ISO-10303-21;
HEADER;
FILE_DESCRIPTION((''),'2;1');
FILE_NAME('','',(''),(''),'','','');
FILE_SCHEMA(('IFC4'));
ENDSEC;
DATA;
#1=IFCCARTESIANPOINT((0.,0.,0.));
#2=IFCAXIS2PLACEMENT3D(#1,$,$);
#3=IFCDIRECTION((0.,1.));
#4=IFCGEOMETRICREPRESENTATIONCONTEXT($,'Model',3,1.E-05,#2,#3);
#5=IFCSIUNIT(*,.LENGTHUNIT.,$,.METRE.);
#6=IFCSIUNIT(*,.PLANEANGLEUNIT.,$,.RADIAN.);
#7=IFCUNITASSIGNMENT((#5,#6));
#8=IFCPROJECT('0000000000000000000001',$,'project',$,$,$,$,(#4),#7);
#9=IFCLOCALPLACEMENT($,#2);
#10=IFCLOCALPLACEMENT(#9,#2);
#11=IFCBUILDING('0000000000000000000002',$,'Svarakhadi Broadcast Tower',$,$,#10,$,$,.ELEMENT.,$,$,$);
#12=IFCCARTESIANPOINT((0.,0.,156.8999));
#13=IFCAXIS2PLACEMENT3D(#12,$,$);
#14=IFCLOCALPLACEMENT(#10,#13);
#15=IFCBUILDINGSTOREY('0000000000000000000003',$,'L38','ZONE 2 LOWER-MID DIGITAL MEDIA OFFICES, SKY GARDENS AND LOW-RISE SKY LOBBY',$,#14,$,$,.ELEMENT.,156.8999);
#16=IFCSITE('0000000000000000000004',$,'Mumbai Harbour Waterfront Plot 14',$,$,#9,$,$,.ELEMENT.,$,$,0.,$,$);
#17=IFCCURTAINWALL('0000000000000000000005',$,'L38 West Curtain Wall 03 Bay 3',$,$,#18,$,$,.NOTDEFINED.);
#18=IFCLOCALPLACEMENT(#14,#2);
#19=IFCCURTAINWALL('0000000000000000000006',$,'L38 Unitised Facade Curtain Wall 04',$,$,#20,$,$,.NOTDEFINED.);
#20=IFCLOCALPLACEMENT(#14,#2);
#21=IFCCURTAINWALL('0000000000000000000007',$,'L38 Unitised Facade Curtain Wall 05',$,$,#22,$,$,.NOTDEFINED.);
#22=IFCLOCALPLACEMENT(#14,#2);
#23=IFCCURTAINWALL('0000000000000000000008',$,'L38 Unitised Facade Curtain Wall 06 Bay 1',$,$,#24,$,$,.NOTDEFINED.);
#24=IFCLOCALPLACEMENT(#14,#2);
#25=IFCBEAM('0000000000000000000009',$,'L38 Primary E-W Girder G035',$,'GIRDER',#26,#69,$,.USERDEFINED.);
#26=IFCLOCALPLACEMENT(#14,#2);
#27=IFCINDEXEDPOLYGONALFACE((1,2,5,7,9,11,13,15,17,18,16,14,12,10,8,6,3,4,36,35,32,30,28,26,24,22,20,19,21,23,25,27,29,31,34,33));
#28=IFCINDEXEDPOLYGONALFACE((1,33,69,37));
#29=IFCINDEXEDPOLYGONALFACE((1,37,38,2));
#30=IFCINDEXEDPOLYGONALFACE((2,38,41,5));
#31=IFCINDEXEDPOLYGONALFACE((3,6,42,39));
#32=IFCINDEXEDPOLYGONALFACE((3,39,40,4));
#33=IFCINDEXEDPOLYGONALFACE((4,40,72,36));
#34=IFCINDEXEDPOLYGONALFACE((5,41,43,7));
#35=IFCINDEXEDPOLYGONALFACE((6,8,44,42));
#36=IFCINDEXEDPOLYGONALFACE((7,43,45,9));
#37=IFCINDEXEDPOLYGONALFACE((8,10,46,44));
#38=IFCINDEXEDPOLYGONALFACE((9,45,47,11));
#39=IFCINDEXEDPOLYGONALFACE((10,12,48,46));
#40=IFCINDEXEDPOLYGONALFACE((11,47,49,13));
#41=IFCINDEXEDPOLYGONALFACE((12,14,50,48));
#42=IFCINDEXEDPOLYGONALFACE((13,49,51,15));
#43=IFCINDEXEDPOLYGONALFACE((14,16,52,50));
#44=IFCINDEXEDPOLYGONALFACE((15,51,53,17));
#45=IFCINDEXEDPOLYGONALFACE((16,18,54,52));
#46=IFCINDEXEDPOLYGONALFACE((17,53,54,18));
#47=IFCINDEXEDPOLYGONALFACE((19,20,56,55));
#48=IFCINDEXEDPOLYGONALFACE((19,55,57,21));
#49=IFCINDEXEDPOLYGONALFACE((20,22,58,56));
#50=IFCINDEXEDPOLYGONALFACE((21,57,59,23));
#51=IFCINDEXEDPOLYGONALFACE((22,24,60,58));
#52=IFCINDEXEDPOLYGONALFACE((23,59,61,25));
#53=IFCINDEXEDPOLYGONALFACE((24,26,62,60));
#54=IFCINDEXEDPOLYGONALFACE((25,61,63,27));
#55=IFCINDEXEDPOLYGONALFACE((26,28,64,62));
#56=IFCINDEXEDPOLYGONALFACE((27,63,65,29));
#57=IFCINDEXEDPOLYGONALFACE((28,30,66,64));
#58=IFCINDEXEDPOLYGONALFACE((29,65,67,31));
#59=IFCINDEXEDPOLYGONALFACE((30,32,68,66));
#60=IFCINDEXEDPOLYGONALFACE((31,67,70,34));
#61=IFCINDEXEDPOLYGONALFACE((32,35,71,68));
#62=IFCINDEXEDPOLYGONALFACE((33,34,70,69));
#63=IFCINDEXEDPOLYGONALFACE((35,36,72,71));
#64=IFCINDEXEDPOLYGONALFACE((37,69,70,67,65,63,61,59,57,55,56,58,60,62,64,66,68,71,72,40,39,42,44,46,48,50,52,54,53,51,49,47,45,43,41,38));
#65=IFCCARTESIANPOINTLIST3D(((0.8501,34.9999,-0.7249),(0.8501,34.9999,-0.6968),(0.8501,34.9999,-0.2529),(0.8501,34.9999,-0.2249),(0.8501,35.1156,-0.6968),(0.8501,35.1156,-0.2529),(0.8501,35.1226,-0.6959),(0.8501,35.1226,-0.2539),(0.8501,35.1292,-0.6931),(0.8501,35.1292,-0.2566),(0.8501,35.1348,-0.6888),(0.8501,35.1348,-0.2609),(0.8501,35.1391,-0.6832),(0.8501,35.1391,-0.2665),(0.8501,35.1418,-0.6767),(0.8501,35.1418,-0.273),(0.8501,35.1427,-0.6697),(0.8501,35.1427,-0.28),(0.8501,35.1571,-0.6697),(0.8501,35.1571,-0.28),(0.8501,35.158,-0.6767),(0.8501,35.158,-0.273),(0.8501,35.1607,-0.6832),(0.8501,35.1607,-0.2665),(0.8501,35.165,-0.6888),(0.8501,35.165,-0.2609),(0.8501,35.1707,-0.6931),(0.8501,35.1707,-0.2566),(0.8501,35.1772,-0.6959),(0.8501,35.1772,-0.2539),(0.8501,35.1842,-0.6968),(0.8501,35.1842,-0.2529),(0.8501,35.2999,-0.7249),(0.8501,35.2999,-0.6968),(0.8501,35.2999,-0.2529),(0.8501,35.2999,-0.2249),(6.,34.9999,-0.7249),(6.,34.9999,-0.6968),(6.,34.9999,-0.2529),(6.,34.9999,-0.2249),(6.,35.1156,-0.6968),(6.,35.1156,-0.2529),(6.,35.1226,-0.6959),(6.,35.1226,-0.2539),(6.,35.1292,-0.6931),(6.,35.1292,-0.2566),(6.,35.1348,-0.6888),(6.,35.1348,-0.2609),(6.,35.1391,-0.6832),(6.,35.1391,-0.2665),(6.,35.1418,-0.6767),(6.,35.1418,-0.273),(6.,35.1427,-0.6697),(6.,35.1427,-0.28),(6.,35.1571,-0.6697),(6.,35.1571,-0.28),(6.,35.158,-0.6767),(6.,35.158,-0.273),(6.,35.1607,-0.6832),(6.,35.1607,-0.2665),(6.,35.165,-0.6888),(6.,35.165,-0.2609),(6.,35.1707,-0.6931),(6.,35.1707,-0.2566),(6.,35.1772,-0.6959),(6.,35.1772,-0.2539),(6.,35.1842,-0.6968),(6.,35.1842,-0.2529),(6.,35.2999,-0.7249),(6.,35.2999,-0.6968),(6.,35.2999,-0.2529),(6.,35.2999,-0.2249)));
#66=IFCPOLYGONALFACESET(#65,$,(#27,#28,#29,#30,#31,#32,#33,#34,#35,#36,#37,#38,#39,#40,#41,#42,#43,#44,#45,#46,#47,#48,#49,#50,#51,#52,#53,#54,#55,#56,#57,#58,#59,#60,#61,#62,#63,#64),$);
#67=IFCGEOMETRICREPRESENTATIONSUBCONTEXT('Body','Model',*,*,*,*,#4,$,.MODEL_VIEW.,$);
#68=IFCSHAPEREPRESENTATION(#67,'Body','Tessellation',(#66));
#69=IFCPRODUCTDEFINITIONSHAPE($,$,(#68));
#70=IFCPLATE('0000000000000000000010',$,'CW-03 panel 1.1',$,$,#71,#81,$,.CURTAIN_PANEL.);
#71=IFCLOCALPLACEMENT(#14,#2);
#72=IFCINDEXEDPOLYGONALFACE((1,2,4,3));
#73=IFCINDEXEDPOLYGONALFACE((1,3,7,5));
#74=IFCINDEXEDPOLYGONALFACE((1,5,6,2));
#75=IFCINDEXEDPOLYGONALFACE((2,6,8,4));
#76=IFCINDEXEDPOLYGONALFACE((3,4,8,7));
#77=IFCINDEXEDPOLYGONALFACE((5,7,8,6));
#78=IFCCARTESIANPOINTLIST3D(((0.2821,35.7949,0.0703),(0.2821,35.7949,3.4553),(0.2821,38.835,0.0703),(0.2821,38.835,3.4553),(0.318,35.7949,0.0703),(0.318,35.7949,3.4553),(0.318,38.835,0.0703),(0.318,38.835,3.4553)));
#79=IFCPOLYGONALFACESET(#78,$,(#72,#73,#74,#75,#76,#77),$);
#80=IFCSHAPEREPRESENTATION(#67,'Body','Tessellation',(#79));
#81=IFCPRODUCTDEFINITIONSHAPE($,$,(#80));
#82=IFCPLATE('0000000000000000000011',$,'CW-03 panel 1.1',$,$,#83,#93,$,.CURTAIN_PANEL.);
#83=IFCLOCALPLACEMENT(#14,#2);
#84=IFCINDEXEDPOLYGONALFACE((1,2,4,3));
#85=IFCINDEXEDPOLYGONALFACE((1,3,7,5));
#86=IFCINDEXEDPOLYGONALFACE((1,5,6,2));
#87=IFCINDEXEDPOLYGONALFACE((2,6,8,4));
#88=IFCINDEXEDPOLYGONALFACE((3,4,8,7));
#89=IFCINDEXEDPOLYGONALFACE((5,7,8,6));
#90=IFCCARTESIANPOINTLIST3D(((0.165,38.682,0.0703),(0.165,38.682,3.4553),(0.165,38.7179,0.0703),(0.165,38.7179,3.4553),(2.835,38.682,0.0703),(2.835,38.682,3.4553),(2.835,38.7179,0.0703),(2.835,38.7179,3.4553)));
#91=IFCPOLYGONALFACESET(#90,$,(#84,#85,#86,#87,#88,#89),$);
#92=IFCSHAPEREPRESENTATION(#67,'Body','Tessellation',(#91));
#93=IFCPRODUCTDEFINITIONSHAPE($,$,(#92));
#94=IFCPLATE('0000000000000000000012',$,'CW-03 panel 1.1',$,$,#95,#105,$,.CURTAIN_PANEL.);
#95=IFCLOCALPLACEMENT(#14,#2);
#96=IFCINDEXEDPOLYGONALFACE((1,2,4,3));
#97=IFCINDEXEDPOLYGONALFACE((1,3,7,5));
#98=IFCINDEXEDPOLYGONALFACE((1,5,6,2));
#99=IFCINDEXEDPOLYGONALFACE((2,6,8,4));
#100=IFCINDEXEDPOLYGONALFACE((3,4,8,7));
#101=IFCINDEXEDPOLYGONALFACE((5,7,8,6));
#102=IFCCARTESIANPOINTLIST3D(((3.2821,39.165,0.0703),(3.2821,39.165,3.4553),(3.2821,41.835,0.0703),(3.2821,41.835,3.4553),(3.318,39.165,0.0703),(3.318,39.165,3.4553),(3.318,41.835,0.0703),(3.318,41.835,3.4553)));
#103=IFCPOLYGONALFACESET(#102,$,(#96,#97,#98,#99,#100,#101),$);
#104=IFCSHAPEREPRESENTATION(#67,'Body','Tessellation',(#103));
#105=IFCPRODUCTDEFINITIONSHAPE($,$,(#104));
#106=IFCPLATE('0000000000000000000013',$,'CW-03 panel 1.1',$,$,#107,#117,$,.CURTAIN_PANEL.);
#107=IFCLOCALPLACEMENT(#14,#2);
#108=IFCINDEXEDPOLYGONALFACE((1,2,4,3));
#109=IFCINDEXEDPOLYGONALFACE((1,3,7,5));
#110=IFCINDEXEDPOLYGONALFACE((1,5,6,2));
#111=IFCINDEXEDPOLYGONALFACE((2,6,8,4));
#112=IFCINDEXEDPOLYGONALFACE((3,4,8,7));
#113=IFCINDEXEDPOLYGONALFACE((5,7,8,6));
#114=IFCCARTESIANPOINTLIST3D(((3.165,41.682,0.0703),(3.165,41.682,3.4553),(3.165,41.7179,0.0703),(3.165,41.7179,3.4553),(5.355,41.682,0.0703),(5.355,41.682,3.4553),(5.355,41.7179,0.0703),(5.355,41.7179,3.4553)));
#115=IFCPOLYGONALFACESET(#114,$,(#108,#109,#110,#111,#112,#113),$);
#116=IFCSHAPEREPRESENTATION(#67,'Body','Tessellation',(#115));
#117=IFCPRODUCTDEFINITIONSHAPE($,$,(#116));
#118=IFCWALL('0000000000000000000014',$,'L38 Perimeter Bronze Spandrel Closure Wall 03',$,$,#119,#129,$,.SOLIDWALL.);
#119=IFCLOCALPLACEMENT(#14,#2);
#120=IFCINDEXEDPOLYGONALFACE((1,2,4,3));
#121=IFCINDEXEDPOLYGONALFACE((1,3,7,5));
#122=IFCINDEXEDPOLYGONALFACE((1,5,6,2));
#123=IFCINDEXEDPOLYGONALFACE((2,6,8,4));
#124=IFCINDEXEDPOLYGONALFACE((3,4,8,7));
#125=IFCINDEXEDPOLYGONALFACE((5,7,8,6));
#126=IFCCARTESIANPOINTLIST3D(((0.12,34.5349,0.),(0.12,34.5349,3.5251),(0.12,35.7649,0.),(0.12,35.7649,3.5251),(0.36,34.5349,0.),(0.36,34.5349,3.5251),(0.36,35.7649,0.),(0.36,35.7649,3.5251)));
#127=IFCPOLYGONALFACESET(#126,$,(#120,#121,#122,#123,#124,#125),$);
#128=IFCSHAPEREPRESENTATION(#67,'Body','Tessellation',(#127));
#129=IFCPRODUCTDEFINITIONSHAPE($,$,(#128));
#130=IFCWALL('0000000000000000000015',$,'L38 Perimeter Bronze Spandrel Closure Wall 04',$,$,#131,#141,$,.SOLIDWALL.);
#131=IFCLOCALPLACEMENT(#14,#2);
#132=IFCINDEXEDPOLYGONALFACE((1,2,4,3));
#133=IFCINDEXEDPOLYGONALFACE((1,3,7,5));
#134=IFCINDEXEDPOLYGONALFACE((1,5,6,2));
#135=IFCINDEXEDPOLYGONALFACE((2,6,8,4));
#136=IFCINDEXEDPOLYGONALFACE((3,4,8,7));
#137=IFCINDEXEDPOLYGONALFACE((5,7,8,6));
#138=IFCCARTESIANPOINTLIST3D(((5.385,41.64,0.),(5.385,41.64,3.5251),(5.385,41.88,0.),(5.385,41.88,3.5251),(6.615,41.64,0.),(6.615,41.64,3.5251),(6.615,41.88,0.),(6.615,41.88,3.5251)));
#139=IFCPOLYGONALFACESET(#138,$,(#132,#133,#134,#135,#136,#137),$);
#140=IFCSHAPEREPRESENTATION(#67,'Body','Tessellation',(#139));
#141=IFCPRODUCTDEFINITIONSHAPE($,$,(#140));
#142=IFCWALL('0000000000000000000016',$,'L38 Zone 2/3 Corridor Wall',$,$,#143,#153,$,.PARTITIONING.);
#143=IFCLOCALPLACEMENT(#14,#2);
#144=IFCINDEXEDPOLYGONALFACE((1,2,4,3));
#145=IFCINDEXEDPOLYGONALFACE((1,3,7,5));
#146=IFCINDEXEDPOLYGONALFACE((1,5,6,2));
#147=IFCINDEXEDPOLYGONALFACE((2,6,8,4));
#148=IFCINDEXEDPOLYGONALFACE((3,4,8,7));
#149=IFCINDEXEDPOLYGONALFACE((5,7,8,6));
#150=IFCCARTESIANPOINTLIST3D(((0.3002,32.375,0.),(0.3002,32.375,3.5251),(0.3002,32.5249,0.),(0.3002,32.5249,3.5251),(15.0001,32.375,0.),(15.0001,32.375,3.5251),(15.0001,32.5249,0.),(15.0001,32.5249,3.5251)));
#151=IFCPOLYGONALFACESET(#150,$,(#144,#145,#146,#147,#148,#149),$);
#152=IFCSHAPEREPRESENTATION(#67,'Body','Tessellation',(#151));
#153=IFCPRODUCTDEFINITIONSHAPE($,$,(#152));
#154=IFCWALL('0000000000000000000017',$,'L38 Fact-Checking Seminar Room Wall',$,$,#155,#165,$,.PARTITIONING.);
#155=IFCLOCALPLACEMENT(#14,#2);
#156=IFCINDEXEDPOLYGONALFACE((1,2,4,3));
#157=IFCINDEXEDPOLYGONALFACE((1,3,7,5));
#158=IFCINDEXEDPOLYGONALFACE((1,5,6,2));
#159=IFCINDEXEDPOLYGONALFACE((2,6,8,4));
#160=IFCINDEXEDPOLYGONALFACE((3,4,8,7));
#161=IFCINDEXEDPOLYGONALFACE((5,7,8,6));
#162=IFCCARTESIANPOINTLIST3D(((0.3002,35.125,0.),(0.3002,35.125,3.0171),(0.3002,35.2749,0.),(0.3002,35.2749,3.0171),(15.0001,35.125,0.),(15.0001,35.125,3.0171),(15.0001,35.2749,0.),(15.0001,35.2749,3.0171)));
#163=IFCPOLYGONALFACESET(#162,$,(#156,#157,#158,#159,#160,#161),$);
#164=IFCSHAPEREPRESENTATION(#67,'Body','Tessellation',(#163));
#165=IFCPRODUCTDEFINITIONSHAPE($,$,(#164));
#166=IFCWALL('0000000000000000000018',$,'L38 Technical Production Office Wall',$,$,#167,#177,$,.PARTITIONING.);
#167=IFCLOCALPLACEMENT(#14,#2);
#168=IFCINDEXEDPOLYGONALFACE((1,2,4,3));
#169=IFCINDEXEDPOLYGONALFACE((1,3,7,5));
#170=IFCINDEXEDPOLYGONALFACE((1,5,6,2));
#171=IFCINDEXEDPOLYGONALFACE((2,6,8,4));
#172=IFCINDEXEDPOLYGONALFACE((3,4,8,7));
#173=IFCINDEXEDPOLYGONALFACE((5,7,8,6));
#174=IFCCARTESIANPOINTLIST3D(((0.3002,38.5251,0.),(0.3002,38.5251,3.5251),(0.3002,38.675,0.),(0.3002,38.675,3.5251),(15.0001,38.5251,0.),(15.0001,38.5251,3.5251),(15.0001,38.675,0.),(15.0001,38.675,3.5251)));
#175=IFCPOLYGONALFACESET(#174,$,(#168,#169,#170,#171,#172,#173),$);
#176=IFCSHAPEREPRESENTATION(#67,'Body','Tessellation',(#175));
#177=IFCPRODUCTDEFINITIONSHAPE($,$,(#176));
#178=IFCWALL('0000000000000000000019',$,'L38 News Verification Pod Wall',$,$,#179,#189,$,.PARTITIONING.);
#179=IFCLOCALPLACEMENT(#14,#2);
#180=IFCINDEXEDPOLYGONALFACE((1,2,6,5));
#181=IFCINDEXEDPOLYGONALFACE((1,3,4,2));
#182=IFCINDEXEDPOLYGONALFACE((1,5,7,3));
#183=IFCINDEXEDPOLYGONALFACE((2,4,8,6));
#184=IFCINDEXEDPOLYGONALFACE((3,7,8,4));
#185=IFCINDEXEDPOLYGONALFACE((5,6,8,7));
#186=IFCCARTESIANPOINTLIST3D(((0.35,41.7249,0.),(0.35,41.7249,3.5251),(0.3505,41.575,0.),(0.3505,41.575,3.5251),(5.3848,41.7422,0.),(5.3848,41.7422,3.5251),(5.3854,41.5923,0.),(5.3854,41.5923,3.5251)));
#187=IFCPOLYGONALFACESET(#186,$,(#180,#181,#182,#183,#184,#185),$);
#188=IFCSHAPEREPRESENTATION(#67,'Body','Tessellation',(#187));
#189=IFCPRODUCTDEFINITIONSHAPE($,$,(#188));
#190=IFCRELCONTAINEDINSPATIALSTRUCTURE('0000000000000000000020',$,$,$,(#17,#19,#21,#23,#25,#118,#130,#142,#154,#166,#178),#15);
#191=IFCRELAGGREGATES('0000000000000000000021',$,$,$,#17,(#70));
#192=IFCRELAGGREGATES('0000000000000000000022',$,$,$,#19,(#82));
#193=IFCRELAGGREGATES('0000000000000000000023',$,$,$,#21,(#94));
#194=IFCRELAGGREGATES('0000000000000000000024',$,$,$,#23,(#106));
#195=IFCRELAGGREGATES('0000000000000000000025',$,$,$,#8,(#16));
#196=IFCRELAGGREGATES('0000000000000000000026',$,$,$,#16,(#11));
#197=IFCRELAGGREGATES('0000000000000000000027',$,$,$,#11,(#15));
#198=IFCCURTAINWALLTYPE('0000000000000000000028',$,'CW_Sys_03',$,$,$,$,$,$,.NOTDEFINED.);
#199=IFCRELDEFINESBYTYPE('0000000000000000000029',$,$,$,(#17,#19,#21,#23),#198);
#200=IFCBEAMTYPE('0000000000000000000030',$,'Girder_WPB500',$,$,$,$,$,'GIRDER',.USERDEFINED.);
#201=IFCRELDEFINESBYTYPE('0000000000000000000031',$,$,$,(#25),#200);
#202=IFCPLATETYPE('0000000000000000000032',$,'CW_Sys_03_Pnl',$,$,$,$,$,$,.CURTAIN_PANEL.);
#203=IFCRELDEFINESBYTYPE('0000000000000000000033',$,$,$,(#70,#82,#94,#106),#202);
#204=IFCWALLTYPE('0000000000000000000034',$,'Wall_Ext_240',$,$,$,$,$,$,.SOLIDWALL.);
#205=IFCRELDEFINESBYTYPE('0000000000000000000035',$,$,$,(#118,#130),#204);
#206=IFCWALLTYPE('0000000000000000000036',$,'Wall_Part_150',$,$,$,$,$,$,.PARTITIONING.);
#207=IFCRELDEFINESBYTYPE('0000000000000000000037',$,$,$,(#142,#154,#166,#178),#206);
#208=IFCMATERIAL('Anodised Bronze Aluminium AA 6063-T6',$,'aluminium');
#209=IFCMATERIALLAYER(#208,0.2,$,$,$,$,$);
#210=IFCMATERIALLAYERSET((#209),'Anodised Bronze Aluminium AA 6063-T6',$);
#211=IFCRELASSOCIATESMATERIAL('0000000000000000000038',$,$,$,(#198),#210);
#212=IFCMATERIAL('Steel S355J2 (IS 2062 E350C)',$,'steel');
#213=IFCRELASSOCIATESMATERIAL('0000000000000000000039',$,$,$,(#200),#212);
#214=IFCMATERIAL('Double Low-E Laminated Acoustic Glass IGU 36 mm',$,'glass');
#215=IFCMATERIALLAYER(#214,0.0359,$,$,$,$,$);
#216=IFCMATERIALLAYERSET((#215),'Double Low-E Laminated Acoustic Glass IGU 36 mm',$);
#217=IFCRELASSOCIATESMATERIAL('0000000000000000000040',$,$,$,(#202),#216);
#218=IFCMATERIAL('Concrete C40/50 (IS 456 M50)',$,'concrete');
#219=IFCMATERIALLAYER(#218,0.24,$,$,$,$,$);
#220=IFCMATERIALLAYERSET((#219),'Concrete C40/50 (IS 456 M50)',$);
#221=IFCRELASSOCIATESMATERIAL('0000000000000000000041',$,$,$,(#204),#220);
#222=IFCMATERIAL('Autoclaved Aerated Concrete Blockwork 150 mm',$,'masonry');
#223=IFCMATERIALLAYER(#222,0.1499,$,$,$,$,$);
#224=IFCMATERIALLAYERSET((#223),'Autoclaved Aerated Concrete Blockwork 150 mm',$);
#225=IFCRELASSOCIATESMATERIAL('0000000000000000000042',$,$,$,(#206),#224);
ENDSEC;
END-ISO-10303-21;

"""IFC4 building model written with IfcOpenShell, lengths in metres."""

from ifc_helpers import new_model, si_unit, direction, frame, frame_2d, origin, origin_2d, place, context, subcontext, project, spatial, rectangle, i_section, extrude, material, layer, layer_set, material_profile, profile_set, type_object, element, aggregate, save


model = new_model("IFC4")

# Units and contexts
model_context = context("Model", 3, precision=1e-05, world=origin(), true_north=direction((0.0, 1.0)))
body_context = subcontext(model_context, "Body", "Model", "MODEL_VIEW")
ifc_project = project(units=[si_unit("LENGTHUNIT", "METRE"), si_unit("PLANEANGLEUNIT", "RADIAN")], contexts=[model_context])

# Site, building, storey
site_placement = place(None, origin())
site = spatial("IfcSite", under=ifc_project, at=site_placement, Name="Mumbai Harbour Waterfront Plot 14", CompositionType="ELEMENT", RefElevation=0.0)
building_placement = place(site_placement, origin())
building = spatial("IfcBuilding", under=site, at=building_placement, Name="Svarakhadi Broadcast Tower", CompositionType="ELEMENT")
storey_placement = place(building_placement, frame((0.0, 0.0, 156.8999)))
storey = spatial("IfcBuildingStorey", under=building, at=storey_placement, Name="L38", Description="ZONE 2 LOWER-MID DIGITAL MEDIA OFFICES, SKY GARDENS AND LOW-RISE SKY LOBBY", CompositionType="ELEMENT", Elevation=156.8999)

# Shared definitions
ifc_material_1 = material(Name="Steel S355J2 (IS 2062 E350C)", Category="steel")

# Shared definitions
ifc_material_2 = material(Name="Anodised Bronze Aluminium AA 6063-T6", Category="aluminium")
ifc_layer_1 = layer(ifc_material_2, 0.2)
ifc_layer_set_1 = layer_set([ifc_layer_1], Name="Anodised Bronze Aluminium AA 6063-T6")
curtain_wall_type = type_object("IfcCurtainWallType", Name="CW_Sys_03", PredefinedType="NOTDEFINED", material=ifc_layer_set_1)

# Curtain walls
curtain_wall_1_placement = place(storey_placement, origin())
curtain_wall_1 = element("IfcCurtainWall", 1, at=curtain_wall_1_placement, inside=storey, type_object=curtain_wall_type, Name="L38 West Curtain Wall 03 Bay 3", PredefinedType="NOTDEFINED")
curtain_wall_2_placement = place(storey_placement, origin())
curtain_wall_2 = element("IfcCurtainWall", 2, at=curtain_wall_2_placement, inside=storey, type_object=curtain_wall_type, Name="L38 Unitised Facade Curtain Wall 04", PredefinedType="NOTDEFINED")
curtain_wall_3_placement = place(storey_placement, origin())
curtain_wall_3 = element("IfcCurtainWall", 3, at=curtain_wall_3_placement, inside=storey, type_object=curtain_wall_type, Name="L38 Unitised Facade Curtain Wall 05", PredefinedType="NOTDEFINED")
curtain_wall_4_placement = place(storey_placement, origin())
curtain_wall_4 = element("IfcCurtainWall", 4, at=curtain_wall_4_placement, inside=storey, type_object=curtain_wall_type, Name="L38 Unitised Facade Curtain Wall 06 Bay 1", PredefinedType="NOTDEFINED")

# Beam
ifc_material_profile_1 = material_profile(ifc_material_1, i_section(OverallWidth=0.3, OverallDepth=0.5, WebThickness=0.0144, FlangeThickness=0.0281, FilletRadius=0.0271, at=origin_2d()), Name="WPB 500x300x187")
ifc_profile_set_1 = profile_set([ifc_material_profile_1], Name="Steel S355J2 (IS 2062 E350C)")
beam_type_1 = type_object("IfcBeamType", Name="Girder_WPB500", ElementType="GIRDER", PredefinedType="USERDEFINED", material=ifc_profile_set_1)
beam_1_placement = place(storey_placement, frame((0.8501, 35.1499, -0.4749), z_axis=(1.0, 0.0, 0.0), x_axis=(0.0, 1.0, 0.0)))
element("IfcBeam", 5, at=beam_1_placement, inside=storey, type_object=beam_type_1, Name="L38 Primary E-W Girder G035", ObjectType="GIRDER", PredefinedType="USERDEFINED", context=body_context, shape_type="SweptSolid", body=[
    extrude(i_section(OverallWidth=0.3, OverallDepth=0.5, WebThickness=0.0144, FlangeThickness=0.0281, FilletRadius=0.0271, at=origin_2d()), origin(), (0.0, 0.0, 1.0), 5.1499),
])

# Plates
ifc_material_3 = material(Name="Double Low-E Laminated Acoustic Glass IGU 36 mm", Category="glass")
ifc_layer_2 = layer(ifc_material_3, 0.0359)
ifc_layer_set_2 = layer_set([ifc_layer_2], Name="Double Low-E Laminated Acoustic Glass IGU 36 mm")
plate_type = type_object("IfcPlateType", Name="CW_Sys_03_Pnl", PredefinedType="CURTAIN_PANEL", material=ifc_layer_set_2)
plate_1_placement = place(storey_placement, frame((0.3, 37.3149, 0.0703), z_axis=(0.0, 0.0, 1.0), x_axis=(0.0, 1.0, 0.0)))
plate_1 = element("IfcPlate", 6, at=plate_1_placement, type_object=plate_type, Name="CW-03 panel 1.1", PredefinedType="CURTAIN_PANEL", context=body_context, shape_type="SweptSolid", body=[
    extrude(rectangle(XDim=3.04, YDim=0.0359, at=origin_2d()), origin(), (0.0, 0.0, 1.0), 3.385),
])
aggregate(curtain_wall_1, [plate_1])
plate_2_placement = place(storey_placement, frame((1.5, 38.7, 0.0703), z_axis=(0.0, 0.0, 1.0), x_axis=(1.0, 0.0, 0.0)))
plate_2 = element("IfcPlate", 7, at=plate_2_placement, type_object=plate_type, Name="CW-03 panel 1.1", PredefinedType="CURTAIN_PANEL", context=body_context, shape_type="SweptSolid", body=[
    extrude(rectangle(XDim=2.6699, YDim=0.0359, at=origin_2d()), origin(), (0.0, 0.0, 1.0), 3.385),
])
aggregate(curtain_wall_2, [plate_2])
plate_3_placement = place(storey_placement, frame((3.3, 40.5, 0.0703), z_axis=(0.0, 0.0, 1.0), x_axis=(0.0, 1.0, 0.0)))
plate_3 = element("IfcPlate", 8, at=plate_3_placement, type_object=plate_type, Name="CW-03 panel 1.1", PredefinedType="CURTAIN_PANEL", context=body_context, shape_type="SweptSolid", body=[
    extrude(rectangle(XDim=2.6699, YDim=0.0359, at=origin_2d()), origin(), (0.0, 0.0, 1.0), 3.385),
])
aggregate(curtain_wall_3, [plate_3])
plate_4_placement = place(storey_placement, frame((4.26, 41.7, 0.0703), z_axis=(0.0, 0.0, 1.0), x_axis=(1.0, 0.0, 0.0)))
plate_4 = element("IfcPlate", 9, at=plate_4_placement, type_object=plate_type, Name="CW-03 panel 1.1", PredefinedType="CURTAIN_PANEL", context=body_context, shape_type="SweptSolid", body=[
    extrude(rectangle(XDim=2.1899, YDim=0.0359, at=origin_2d()), origin(), (0.0, 0.0, 1.0), 3.385),
])
aggregate(curtain_wall_4, [plate_4])

# Walls
ifc_material_4 = material(Name="Concrete C40/50 (IS 456 M50)", Category="concrete")
ifc_layer_3 = layer(ifc_material_4, 0.24)
ifc_layer_set_3 = layer_set([ifc_layer_3], Name="Concrete C40/50 (IS 456 M50)")
wall_type_1 = type_object("IfcWallType", Name="Wall_Ext_240", PredefinedType="SOLIDWALL", material=ifc_layer_set_3)
for number, where, z_axis, x_axis, name in (
    (10, (0.24, 34.5349, 0.0), (0.0, 0.0, 1.0), (0.0, 1.0, 0.0), "L38 Perimeter Bronze Spandrel Closure Wall 03"),
    (11, (5.385, 41.76, 0.0), (0.0, 0.0, 1.0), (1.0, 0.0, 0.0), "L38 Perimeter Bronze Spandrel Closure Wall 04"),
):
    element("IfcWall", number, at=place(storey_placement, frame(where, z_axis=z_axis, x_axis=x_axis)), inside=storey, type_object=wall_type_1, Name=name, PredefinedType="SOLIDWALL", context=body_context, shape_type="SweptSolid", body=[
        extrude(rectangle(XDim=1.23, YDim=0.24, at=frame_2d((0.615, 0.0))), origin(), (0.0, 0.0, 1.0), 3.5251),
    ])
ifc_material_5 = material(Name="Autoclaved Aerated Concrete Blockwork 150 mm", Category="masonry")
ifc_layer_4 = layer(ifc_material_5, 0.1499)
ifc_layer_set_4 = layer_set([ifc_layer_4], Name="Autoclaved Aerated Concrete Blockwork 150 mm")
wall_type_2 = type_object("IfcWallType", Name="Wall_Part_150", PredefinedType="PARTITIONING", material=ifc_layer_set_4)
wall_1_placement = place(storey_placement, frame((0.3, 32.45, 0.0), z_axis=(0.0, 0.0, 1.0), x_axis=(1.0, 0.0, 0.0)))
element("IfcWall", 12, at=wall_1_placement, inside=storey, type_object=wall_type_2, Name="L38 Zone 2/3 Corridor Wall", PredefinedType="PARTITIONING", context=body_context, shape_type="SweptSolid", body=[
    extrude(rectangle(XDim=14.7, YDim=0.1499, at=frame_2d((7.3501, 0.0))), origin(), (0.0, 0.0, 1.0), 3.5251),
])
wall_2_placement = place(storey_placement, frame((0.3, 35.2, 0.0), z_axis=(0.0, 0.0, 1.0), x_axis=(1.0, 0.0, 0.0)))
element("IfcWall", 13, at=wall_2_placement, inside=storey, type_object=wall_type_2, Name="L38 Fact-Checking Seminar Room Wall", PredefinedType="PARTITIONING", context=body_context, shape_type="SweptSolid", body=[
    extrude(rectangle(XDim=14.7, YDim=0.1499, at=frame_2d((7.3501, 0.0))), origin(), (0.0, 0.0, 1.0), 3.0171),
])
wall_3_placement = place(storey_placement, frame((0.3, 38.6001, 0.0), z_axis=(0.0, 0.0, 1.0), x_axis=(1.0, 0.0, 0.0)))
element("IfcWall", 14, at=wall_3_placement, inside=storey, type_object=wall_type_2, Name="L38 Technical Production Office Wall", PredefinedType="PARTITIONING", context=body_context, shape_type="SweptSolid", body=[
    extrude(rectangle(XDim=14.7, YDim=0.1499, at=frame_2d((7.3501, 0.0))), origin(), (0.0, 0.0, 1.0), 3.5251),
])
wall_4_placement = place(storey_placement, frame((0.3501, 41.6499, 0.0), z_axis=(0.0, 0.0, 1.0), x_axis=(0.999994, 0.003443, 0.0)))
element("IfcWall", 15, at=wall_4_placement, inside=storey, type_object=wall_type_2, Name="L38 News Verification Pod Wall", PredefinedType="PARTITIONING", context=body_context, shape_type="SweptSolid", body=[
    extrude(rectangle(XDim=5.0349, YDim=0.1499, at=frame_2d((2.5176, 0.0))), origin(), (0.0, 0.0, 1.0), 3.5251),
])

save(model, "model.ifc")
